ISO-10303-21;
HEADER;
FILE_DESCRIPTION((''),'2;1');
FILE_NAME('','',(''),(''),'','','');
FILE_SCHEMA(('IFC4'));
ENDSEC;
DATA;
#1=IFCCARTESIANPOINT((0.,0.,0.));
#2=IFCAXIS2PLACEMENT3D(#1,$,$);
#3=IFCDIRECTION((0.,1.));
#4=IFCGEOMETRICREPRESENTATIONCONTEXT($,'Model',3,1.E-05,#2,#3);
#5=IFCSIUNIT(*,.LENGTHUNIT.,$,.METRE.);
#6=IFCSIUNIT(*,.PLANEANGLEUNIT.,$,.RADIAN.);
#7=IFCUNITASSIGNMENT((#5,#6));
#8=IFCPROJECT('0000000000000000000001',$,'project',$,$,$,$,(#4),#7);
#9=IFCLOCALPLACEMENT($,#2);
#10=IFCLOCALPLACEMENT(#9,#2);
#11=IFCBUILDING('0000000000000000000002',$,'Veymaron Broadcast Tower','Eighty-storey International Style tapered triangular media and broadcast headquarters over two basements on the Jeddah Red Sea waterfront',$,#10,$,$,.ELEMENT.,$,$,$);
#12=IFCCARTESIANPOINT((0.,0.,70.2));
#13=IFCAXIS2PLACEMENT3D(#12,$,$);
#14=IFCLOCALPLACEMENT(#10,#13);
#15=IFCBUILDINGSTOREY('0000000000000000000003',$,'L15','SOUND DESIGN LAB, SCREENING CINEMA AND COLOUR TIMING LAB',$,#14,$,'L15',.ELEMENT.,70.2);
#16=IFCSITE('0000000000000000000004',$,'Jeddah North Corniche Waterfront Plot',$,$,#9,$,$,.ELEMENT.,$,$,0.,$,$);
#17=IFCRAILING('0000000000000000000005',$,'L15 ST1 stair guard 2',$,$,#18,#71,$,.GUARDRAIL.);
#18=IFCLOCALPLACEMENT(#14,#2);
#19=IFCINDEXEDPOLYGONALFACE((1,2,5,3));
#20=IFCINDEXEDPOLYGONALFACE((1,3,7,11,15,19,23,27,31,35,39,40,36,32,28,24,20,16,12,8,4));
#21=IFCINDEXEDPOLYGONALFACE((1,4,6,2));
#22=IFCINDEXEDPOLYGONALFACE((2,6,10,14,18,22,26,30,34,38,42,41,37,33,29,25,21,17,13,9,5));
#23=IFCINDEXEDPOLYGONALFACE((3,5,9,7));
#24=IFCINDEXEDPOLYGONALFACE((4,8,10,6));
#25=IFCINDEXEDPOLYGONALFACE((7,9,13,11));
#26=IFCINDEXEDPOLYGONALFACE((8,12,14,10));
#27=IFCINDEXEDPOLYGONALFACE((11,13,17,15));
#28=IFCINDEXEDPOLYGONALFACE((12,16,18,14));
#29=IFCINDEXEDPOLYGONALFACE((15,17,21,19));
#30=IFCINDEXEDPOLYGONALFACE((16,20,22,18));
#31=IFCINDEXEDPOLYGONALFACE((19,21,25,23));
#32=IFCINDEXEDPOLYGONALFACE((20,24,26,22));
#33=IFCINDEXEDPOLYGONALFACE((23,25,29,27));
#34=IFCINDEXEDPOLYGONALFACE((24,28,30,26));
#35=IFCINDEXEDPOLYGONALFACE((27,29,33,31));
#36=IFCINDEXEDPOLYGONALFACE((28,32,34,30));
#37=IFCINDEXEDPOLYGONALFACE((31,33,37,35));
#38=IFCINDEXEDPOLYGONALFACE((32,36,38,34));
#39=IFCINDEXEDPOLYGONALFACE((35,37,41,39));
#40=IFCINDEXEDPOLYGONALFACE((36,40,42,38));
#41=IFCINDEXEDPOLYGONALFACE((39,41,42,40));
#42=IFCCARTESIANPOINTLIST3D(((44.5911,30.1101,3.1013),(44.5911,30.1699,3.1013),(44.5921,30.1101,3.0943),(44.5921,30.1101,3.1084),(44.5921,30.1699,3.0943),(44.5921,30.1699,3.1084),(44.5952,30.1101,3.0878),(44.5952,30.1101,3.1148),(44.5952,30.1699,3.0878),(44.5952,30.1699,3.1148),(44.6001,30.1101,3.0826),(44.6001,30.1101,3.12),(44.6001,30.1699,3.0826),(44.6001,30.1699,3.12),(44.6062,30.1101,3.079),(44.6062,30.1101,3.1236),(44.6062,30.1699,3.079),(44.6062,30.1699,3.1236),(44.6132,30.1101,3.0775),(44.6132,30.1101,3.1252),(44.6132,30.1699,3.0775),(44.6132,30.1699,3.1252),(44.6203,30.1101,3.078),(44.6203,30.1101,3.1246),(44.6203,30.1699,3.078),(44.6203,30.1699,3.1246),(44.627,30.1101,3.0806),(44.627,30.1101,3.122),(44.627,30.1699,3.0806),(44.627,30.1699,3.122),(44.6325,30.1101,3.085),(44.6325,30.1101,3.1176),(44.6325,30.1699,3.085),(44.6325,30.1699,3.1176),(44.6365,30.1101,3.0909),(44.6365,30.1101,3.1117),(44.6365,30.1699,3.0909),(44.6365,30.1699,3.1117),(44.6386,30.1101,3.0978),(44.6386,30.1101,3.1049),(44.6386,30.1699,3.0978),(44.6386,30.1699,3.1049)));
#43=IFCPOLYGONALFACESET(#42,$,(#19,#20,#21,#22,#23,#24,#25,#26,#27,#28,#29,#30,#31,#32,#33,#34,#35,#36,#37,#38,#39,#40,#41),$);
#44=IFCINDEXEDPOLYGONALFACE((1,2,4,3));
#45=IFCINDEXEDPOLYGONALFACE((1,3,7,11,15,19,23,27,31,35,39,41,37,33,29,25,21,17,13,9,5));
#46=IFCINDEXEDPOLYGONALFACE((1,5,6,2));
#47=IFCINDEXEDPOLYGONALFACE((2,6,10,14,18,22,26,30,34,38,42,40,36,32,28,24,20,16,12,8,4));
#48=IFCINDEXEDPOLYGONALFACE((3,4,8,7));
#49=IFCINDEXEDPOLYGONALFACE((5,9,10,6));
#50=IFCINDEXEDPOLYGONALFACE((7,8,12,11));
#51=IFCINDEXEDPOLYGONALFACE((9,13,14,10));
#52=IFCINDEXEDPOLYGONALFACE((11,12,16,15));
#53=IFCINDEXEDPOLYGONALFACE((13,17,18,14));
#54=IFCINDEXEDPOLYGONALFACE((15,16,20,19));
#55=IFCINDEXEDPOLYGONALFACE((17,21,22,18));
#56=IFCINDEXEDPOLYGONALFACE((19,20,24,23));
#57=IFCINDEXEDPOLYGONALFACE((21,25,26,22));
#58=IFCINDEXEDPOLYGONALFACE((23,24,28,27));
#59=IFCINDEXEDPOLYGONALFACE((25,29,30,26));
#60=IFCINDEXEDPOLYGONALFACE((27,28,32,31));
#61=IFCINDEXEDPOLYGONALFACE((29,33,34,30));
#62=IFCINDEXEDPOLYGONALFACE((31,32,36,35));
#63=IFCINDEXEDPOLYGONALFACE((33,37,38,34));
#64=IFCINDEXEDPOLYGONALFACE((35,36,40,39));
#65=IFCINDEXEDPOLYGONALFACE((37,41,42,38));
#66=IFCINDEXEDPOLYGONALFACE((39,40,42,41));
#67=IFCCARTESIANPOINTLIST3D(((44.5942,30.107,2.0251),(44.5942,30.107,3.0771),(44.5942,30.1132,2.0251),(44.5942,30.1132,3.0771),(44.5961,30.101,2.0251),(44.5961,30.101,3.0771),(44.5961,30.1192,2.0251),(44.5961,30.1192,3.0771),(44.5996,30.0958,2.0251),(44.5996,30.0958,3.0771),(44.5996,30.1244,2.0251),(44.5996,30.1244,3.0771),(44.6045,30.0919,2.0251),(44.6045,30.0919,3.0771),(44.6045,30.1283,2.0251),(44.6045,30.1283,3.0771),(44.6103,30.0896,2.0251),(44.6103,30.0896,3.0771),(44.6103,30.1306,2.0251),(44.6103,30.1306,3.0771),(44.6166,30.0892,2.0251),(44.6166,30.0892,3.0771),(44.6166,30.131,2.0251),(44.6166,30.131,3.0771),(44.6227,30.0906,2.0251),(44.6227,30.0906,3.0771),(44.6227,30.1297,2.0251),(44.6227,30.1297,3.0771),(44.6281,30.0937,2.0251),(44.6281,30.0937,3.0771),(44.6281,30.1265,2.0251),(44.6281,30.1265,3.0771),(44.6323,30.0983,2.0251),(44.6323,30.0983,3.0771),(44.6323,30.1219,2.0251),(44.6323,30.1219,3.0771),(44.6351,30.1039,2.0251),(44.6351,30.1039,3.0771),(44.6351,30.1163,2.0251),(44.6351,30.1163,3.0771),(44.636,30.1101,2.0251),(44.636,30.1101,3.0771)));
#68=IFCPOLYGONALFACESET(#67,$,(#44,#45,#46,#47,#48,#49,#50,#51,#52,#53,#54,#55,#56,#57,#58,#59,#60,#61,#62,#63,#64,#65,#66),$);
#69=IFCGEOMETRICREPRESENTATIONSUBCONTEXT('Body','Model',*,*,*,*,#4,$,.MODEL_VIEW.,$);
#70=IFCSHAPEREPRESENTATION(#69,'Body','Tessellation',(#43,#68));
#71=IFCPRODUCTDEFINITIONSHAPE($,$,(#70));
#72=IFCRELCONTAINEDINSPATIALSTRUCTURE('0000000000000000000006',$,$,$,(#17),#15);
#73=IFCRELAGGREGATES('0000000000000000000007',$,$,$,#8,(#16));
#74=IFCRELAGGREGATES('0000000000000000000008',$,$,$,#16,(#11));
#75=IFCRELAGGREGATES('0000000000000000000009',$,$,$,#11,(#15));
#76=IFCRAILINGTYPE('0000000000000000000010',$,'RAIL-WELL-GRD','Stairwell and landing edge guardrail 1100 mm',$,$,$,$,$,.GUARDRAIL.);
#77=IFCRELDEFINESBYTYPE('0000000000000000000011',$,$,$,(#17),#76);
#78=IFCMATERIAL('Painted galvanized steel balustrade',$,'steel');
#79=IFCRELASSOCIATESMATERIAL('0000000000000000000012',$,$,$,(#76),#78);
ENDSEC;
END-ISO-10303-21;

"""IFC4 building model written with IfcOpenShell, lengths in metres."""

from ifc_helpers import new_model, si_unit, direction, frame, origin, origin_2d, place, context, subcontext, project, spatial, circle, extrude, material, type_object, element, save


model = new_model("IFC4")

# Units and contexts
model_context = context("Model", 3, precision=1e-05, world=origin(), true_north=direction((0.0, 1.0)))
body_context = subcontext(model_context, "Body", "Model", "MODEL_VIEW")
ifc_project = project(units=[si_unit("LENGTHUNIT", "METRE"), si_unit("PLANEANGLEUNIT", "RADIAN")], contexts=[model_context])

# Site, building, storey
site_placement = place(None, origin())
site = spatial("IfcSite", under=ifc_project, at=site_placement, Name="Jeddah North Corniche Waterfront Plot", CompositionType="ELEMENT", RefElevation=0.0)
building_placement = place(site_placement, origin())
building = spatial("IfcBuilding", under=site, at=building_placement, Name="Veymaron Broadcast Tower", Description="Eighty-storey International Style tapered triangular media and broadcast headquarters over two basements on the Jeddah Red Sea waterfront", CompositionType="ELEMENT")
storey_placement = place(building_placement, frame((0.0, 0.0, 70.2)))
storey = spatial("IfcBuildingStorey", under=building, at=storey_placement, Name="L15", Description="SOUND DESIGN LAB, SCREENING CINEMA AND COLOUR TIMING LAB", LongName="L15", CompositionType="ELEMENT", Elevation=70.2)

# Railing
ifc_material_1 = material(Name="Painted galvanized steel balustrade", Category="steel")
railing_type_1 = type_object("IfcRailingType", Name="RAIL-WELL-GRD", Description="Stairwell and landing edge guardrail 1100 mm", PredefinedType="GUARDRAIL", material=ifc_material_1)
railing_1_placement = place(storey_placement, frame((44.615, 30.1101, 2.0251)))
element("IfcRailing", 1, at=railing_1_placement, inside=storey, type_object=railing_type_1, Name="L15 ST1 stair guard 2", PredefinedType="GUARDRAIL", context=body_context, shape_type="SweptSolid", body=[
    extrude(circle(Radius=0.0239, at=origin_2d()), frame((0.0, 0.0, 1.0762), z_axis=(0.0, 1.0, 0.0), x_axis=(-1.0, 0.0, 0.0)), (0.0, 0.0, 1.0), 0.0598),
    extrude(circle(Radius=0.021, at=origin_2d()), origin(), (0.0, 0.0, 1.0), 1.052),
])

save(model, "model.ifc")
